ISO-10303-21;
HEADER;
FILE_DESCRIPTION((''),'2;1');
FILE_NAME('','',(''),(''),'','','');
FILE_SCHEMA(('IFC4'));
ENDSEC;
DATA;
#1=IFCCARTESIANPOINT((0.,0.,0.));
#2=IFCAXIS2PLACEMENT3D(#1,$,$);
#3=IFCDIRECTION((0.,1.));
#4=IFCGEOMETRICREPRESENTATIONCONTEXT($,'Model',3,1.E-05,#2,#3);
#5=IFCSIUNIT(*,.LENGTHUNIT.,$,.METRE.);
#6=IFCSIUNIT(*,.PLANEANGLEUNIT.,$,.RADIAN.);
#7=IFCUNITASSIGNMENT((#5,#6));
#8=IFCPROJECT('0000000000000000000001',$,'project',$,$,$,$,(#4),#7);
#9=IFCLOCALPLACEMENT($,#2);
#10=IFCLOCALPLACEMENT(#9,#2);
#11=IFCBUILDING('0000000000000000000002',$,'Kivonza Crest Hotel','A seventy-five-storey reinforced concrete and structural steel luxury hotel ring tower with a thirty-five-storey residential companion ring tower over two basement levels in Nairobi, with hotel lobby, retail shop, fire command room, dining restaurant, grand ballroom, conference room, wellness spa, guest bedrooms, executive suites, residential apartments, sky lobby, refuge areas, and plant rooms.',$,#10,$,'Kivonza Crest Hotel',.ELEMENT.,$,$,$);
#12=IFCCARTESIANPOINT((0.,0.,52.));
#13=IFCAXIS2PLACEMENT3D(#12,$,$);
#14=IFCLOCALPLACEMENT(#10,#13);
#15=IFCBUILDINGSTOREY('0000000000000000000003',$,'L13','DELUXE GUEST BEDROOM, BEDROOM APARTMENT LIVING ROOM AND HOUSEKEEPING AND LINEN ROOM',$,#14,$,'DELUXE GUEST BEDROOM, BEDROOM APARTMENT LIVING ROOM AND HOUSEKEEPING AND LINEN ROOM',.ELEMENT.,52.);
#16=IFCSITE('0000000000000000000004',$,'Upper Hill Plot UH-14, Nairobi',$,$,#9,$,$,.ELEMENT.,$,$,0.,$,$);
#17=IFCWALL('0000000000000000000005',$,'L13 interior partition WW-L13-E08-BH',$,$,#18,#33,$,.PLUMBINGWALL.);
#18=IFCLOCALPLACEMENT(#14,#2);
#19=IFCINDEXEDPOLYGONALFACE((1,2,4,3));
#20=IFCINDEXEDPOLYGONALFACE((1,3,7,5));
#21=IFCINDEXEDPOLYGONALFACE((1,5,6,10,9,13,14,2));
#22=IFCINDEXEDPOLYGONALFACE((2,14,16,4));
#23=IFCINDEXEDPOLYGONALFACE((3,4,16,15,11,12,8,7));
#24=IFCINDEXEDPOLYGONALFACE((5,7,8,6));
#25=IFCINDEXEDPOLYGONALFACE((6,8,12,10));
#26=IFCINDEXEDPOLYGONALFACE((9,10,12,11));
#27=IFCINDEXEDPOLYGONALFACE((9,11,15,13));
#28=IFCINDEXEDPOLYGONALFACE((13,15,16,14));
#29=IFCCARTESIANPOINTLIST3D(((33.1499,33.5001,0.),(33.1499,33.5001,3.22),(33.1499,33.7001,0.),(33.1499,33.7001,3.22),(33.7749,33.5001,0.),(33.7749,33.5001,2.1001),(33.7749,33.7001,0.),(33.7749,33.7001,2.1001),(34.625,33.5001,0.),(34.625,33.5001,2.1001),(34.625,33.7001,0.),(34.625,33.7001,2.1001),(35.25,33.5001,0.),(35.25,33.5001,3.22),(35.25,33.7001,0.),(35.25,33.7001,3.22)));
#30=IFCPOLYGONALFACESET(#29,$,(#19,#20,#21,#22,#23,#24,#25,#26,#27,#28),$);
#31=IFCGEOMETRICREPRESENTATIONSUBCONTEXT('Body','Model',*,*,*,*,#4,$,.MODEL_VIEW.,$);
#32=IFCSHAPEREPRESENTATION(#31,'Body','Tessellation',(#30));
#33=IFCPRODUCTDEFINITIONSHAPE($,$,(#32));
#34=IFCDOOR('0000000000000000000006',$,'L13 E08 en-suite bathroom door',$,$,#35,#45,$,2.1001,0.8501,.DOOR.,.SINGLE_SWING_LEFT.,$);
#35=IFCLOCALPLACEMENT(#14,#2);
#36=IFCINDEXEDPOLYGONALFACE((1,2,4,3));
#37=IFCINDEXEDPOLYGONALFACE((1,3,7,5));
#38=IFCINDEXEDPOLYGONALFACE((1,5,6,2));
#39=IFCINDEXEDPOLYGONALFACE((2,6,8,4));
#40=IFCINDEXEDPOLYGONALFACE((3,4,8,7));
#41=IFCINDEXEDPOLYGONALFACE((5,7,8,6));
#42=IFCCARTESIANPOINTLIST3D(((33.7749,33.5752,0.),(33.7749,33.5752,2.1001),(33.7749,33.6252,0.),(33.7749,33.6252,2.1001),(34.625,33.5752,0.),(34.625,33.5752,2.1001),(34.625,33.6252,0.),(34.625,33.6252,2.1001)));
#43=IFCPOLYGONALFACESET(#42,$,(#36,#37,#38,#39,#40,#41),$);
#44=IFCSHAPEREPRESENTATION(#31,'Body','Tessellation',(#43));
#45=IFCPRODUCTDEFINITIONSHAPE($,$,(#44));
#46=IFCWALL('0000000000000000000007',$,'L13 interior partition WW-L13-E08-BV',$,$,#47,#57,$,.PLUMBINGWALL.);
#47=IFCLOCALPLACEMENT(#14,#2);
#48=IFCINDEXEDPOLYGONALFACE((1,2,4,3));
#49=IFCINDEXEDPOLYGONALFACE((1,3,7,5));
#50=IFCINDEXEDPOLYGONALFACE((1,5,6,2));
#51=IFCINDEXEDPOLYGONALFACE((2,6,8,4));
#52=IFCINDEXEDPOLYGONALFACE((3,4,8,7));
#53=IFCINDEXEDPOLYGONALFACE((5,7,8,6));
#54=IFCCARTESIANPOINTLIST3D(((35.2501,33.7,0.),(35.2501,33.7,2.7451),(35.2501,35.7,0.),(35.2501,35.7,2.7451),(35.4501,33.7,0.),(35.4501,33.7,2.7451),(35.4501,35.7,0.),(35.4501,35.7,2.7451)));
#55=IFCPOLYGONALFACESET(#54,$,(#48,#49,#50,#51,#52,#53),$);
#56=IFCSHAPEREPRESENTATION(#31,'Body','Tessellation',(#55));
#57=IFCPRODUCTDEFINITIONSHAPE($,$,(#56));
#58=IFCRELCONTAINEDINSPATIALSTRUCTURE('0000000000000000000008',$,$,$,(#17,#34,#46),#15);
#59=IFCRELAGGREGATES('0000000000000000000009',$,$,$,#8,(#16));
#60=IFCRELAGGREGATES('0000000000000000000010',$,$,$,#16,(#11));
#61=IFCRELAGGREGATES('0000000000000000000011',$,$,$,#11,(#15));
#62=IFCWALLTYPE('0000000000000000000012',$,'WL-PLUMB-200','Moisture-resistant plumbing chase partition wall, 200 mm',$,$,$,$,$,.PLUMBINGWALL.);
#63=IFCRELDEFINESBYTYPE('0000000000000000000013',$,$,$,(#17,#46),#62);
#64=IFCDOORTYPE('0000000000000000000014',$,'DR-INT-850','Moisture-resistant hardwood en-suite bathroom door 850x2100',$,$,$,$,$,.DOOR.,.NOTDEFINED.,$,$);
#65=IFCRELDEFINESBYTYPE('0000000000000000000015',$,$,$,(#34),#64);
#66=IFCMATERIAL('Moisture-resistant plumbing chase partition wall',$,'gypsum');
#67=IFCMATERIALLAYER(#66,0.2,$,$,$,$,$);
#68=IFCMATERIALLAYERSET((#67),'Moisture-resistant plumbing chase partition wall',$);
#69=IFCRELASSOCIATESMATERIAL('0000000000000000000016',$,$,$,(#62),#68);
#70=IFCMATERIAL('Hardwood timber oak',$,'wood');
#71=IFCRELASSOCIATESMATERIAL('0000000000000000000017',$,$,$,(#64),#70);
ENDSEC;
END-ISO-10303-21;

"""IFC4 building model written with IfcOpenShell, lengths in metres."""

from ifc_helpers import new_model, si_unit, direction, frame, frame_2d, origin, place, context, subcontext, project, spatial, rectangle, extrude, material, layer, layer_set, type_object, element, fill, save


model = new_model("IFC4")

# Units and contexts
model_context = context("Model", 3, precision=1e-05, world=origin(), true_north=direction((0.0, 1.0)))
body_context = subcontext(model_context, "Body", "Model", "MODEL_VIEW")
ifc_project = project(units=[si_unit("LENGTHUNIT", "METRE"), si_unit("PLANEANGLEUNIT", "RADIAN")], contexts=[model_context])

# Site, building, storey
site_placement = place(None, origin())
site = spatial("IfcSite", under=ifc_project, at=site_placement, Name="Upper Hill Plot UH-14, Nairobi", CompositionType="ELEMENT", RefElevation=0.0)
building_placement = place(site_placement, origin())
building = spatial("IfcBuilding", under=site, at=building_placement, Name="Kivonza Crest Hotel", Description="A seventy-five-storey reinforced concrete and structural steel luxury hotel ring tower with a thirty-five-storey residential companion ring tower over two basement levels in Nairobi, with hotel lobby, retail shop, fire command room, dining restaurant, grand ballroom, conference room, wellness spa, guest bedrooms, executive suites, residential apartments, sky lobby, refuge areas, and plant rooms.", LongName="Kivonza Crest Hotel", CompositionType="ELEMENT")
storey_placement = place(building_placement, frame((0.0, 0.0, 52.0)))
storey = spatial("IfcBuildingStorey", under=building, at=storey_placement, Name="L13", Description="DELUXE GUEST BEDROOM, BEDROOM APARTMENT LIVING ROOM AND HOUSEKEEPING AND LINEN ROOM", LongName="DELUXE GUEST BEDROOM, BEDROOM APARTMENT LIVING ROOM AND HOUSEKEEPING AND LINEN ROOM", CompositionType="ELEMENT", Elevation=52.0)

# Shared definitions
ifc_material_1 = material(Name="Hardwood timber oak", Category="wood")
ifc_material_2 = material(Name="Moisture-resistant plumbing chase partition wall", Category="gypsum")
ifc_layer_1 = layer(ifc_material_2, 0.2)
ifc_layer_set_1 = layer_set([ifc_layer_1], Name="Moisture-resistant plumbing chase partition wall")
wall_type_1 = type_object("IfcWallType", Name="WL-PLUMB-200", Description="Moisture-resistant plumbing chase partition wall, 200 mm", PredefinedType="PLUMBINGWALL", material=ifc_layer_set_1)
door_type_1 = type_object("IfcDoorType", Name="DR-INT-850", Description="Moisture-resistant hardwood en-suite bathroom door 850x2100", OperationType="NOTDEFINED", PredefinedType="DOOR", material=ifc_material_1)

# Wall, opening, door
wall_1_placement = place(storey_placement, frame((33.1499, 33.6001, 0.0), z_axis=(0.0, 0.0, 1.0), x_axis=(1.0, 0.0, 0.0)))
wall_1 = element("IfcWall", 1, at=wall_1_placement, inside=storey, type_object=wall_type_1, Name="L13 interior partition WW-L13-E08-BH", PredefinedType="PLUMBINGWALL", context=body_context, shape_type="SweptSolid", body=[
    extrude(rectangle(XDim=2.1001, YDim=0.2, at=frame_2d((1.05, 0.0))), origin(), (0.0, 0.0, 1.0), 3.22),
])
opening_1_placement = place(wall_1_placement, frame((0.625, 0.0, 0.0)))
opening_1 = element("IfcOpeningElement", 2, at=opening_1_placement, cuts=wall_1, PredefinedType="OPENING", context=body_context, shape_type="SweptSolid", body=[
    extrude(rectangle(XDim=0.8501, YDim=2.1001, at=frame_2d((0.425, 1.05))), frame((0.0, 0.1099, 0.0), z_axis=(0.0, -1.0, 0.0), x_axis=(1.0, 0.0, 0.0)), (0.0, 0.0, 1.0), 0.22),
])
door_1_placement = place(opening_1_placement, frame((0.8501, 0.0, 0.0), z_axis=(0.0, 0.0, 1.0), x_axis=(-1.0, 0.0, 0.0)))
door_1 = element("IfcDoor", 3, at=door_1_placement, inside=storey, type_object=door_type_1, Name="L13 E08 en-suite bathroom door", OperationType="SINGLE_SWING_LEFT", OverallHeight=2.1001, OverallWidth=0.8501, PredefinedType="DOOR", context=body_context, shape_type="SweptSolid", body=[
    extrude(rectangle(XDim=0.8501, YDim=2.1001, at=frame_2d((0.425, 1.05))), frame((0.0, 0.0249, 0.0), z_axis=(0.0, -1.0, 0.0), x_axis=(1.0, 0.0, 0.0)), (0.0, 0.0, 1.0), 0.05),
])
fill(opening_1, door_1)

# Wall
wall_2_placement = place(storey_placement, frame((35.3501, 33.7, 0.0), z_axis=(0.0, 0.0, 1.0), x_axis=(0.0, 1.0, 0.0)))
element("IfcWall", 4, at=wall_2_placement, inside=storey, type_object=wall_type_1, Name="L13 interior partition WW-L13-E08-BV", PredefinedType="PLUMBINGWALL", context=body_context, shape_type="SweptSolid", body=[
    extrude(rectangle(XDim=2.0, YDim=0.2, at=frame_2d((1.0, 0.0))), origin(), (0.0, 0.0, 1.0), 2.7451),
])

save(model, "model.ifc")
